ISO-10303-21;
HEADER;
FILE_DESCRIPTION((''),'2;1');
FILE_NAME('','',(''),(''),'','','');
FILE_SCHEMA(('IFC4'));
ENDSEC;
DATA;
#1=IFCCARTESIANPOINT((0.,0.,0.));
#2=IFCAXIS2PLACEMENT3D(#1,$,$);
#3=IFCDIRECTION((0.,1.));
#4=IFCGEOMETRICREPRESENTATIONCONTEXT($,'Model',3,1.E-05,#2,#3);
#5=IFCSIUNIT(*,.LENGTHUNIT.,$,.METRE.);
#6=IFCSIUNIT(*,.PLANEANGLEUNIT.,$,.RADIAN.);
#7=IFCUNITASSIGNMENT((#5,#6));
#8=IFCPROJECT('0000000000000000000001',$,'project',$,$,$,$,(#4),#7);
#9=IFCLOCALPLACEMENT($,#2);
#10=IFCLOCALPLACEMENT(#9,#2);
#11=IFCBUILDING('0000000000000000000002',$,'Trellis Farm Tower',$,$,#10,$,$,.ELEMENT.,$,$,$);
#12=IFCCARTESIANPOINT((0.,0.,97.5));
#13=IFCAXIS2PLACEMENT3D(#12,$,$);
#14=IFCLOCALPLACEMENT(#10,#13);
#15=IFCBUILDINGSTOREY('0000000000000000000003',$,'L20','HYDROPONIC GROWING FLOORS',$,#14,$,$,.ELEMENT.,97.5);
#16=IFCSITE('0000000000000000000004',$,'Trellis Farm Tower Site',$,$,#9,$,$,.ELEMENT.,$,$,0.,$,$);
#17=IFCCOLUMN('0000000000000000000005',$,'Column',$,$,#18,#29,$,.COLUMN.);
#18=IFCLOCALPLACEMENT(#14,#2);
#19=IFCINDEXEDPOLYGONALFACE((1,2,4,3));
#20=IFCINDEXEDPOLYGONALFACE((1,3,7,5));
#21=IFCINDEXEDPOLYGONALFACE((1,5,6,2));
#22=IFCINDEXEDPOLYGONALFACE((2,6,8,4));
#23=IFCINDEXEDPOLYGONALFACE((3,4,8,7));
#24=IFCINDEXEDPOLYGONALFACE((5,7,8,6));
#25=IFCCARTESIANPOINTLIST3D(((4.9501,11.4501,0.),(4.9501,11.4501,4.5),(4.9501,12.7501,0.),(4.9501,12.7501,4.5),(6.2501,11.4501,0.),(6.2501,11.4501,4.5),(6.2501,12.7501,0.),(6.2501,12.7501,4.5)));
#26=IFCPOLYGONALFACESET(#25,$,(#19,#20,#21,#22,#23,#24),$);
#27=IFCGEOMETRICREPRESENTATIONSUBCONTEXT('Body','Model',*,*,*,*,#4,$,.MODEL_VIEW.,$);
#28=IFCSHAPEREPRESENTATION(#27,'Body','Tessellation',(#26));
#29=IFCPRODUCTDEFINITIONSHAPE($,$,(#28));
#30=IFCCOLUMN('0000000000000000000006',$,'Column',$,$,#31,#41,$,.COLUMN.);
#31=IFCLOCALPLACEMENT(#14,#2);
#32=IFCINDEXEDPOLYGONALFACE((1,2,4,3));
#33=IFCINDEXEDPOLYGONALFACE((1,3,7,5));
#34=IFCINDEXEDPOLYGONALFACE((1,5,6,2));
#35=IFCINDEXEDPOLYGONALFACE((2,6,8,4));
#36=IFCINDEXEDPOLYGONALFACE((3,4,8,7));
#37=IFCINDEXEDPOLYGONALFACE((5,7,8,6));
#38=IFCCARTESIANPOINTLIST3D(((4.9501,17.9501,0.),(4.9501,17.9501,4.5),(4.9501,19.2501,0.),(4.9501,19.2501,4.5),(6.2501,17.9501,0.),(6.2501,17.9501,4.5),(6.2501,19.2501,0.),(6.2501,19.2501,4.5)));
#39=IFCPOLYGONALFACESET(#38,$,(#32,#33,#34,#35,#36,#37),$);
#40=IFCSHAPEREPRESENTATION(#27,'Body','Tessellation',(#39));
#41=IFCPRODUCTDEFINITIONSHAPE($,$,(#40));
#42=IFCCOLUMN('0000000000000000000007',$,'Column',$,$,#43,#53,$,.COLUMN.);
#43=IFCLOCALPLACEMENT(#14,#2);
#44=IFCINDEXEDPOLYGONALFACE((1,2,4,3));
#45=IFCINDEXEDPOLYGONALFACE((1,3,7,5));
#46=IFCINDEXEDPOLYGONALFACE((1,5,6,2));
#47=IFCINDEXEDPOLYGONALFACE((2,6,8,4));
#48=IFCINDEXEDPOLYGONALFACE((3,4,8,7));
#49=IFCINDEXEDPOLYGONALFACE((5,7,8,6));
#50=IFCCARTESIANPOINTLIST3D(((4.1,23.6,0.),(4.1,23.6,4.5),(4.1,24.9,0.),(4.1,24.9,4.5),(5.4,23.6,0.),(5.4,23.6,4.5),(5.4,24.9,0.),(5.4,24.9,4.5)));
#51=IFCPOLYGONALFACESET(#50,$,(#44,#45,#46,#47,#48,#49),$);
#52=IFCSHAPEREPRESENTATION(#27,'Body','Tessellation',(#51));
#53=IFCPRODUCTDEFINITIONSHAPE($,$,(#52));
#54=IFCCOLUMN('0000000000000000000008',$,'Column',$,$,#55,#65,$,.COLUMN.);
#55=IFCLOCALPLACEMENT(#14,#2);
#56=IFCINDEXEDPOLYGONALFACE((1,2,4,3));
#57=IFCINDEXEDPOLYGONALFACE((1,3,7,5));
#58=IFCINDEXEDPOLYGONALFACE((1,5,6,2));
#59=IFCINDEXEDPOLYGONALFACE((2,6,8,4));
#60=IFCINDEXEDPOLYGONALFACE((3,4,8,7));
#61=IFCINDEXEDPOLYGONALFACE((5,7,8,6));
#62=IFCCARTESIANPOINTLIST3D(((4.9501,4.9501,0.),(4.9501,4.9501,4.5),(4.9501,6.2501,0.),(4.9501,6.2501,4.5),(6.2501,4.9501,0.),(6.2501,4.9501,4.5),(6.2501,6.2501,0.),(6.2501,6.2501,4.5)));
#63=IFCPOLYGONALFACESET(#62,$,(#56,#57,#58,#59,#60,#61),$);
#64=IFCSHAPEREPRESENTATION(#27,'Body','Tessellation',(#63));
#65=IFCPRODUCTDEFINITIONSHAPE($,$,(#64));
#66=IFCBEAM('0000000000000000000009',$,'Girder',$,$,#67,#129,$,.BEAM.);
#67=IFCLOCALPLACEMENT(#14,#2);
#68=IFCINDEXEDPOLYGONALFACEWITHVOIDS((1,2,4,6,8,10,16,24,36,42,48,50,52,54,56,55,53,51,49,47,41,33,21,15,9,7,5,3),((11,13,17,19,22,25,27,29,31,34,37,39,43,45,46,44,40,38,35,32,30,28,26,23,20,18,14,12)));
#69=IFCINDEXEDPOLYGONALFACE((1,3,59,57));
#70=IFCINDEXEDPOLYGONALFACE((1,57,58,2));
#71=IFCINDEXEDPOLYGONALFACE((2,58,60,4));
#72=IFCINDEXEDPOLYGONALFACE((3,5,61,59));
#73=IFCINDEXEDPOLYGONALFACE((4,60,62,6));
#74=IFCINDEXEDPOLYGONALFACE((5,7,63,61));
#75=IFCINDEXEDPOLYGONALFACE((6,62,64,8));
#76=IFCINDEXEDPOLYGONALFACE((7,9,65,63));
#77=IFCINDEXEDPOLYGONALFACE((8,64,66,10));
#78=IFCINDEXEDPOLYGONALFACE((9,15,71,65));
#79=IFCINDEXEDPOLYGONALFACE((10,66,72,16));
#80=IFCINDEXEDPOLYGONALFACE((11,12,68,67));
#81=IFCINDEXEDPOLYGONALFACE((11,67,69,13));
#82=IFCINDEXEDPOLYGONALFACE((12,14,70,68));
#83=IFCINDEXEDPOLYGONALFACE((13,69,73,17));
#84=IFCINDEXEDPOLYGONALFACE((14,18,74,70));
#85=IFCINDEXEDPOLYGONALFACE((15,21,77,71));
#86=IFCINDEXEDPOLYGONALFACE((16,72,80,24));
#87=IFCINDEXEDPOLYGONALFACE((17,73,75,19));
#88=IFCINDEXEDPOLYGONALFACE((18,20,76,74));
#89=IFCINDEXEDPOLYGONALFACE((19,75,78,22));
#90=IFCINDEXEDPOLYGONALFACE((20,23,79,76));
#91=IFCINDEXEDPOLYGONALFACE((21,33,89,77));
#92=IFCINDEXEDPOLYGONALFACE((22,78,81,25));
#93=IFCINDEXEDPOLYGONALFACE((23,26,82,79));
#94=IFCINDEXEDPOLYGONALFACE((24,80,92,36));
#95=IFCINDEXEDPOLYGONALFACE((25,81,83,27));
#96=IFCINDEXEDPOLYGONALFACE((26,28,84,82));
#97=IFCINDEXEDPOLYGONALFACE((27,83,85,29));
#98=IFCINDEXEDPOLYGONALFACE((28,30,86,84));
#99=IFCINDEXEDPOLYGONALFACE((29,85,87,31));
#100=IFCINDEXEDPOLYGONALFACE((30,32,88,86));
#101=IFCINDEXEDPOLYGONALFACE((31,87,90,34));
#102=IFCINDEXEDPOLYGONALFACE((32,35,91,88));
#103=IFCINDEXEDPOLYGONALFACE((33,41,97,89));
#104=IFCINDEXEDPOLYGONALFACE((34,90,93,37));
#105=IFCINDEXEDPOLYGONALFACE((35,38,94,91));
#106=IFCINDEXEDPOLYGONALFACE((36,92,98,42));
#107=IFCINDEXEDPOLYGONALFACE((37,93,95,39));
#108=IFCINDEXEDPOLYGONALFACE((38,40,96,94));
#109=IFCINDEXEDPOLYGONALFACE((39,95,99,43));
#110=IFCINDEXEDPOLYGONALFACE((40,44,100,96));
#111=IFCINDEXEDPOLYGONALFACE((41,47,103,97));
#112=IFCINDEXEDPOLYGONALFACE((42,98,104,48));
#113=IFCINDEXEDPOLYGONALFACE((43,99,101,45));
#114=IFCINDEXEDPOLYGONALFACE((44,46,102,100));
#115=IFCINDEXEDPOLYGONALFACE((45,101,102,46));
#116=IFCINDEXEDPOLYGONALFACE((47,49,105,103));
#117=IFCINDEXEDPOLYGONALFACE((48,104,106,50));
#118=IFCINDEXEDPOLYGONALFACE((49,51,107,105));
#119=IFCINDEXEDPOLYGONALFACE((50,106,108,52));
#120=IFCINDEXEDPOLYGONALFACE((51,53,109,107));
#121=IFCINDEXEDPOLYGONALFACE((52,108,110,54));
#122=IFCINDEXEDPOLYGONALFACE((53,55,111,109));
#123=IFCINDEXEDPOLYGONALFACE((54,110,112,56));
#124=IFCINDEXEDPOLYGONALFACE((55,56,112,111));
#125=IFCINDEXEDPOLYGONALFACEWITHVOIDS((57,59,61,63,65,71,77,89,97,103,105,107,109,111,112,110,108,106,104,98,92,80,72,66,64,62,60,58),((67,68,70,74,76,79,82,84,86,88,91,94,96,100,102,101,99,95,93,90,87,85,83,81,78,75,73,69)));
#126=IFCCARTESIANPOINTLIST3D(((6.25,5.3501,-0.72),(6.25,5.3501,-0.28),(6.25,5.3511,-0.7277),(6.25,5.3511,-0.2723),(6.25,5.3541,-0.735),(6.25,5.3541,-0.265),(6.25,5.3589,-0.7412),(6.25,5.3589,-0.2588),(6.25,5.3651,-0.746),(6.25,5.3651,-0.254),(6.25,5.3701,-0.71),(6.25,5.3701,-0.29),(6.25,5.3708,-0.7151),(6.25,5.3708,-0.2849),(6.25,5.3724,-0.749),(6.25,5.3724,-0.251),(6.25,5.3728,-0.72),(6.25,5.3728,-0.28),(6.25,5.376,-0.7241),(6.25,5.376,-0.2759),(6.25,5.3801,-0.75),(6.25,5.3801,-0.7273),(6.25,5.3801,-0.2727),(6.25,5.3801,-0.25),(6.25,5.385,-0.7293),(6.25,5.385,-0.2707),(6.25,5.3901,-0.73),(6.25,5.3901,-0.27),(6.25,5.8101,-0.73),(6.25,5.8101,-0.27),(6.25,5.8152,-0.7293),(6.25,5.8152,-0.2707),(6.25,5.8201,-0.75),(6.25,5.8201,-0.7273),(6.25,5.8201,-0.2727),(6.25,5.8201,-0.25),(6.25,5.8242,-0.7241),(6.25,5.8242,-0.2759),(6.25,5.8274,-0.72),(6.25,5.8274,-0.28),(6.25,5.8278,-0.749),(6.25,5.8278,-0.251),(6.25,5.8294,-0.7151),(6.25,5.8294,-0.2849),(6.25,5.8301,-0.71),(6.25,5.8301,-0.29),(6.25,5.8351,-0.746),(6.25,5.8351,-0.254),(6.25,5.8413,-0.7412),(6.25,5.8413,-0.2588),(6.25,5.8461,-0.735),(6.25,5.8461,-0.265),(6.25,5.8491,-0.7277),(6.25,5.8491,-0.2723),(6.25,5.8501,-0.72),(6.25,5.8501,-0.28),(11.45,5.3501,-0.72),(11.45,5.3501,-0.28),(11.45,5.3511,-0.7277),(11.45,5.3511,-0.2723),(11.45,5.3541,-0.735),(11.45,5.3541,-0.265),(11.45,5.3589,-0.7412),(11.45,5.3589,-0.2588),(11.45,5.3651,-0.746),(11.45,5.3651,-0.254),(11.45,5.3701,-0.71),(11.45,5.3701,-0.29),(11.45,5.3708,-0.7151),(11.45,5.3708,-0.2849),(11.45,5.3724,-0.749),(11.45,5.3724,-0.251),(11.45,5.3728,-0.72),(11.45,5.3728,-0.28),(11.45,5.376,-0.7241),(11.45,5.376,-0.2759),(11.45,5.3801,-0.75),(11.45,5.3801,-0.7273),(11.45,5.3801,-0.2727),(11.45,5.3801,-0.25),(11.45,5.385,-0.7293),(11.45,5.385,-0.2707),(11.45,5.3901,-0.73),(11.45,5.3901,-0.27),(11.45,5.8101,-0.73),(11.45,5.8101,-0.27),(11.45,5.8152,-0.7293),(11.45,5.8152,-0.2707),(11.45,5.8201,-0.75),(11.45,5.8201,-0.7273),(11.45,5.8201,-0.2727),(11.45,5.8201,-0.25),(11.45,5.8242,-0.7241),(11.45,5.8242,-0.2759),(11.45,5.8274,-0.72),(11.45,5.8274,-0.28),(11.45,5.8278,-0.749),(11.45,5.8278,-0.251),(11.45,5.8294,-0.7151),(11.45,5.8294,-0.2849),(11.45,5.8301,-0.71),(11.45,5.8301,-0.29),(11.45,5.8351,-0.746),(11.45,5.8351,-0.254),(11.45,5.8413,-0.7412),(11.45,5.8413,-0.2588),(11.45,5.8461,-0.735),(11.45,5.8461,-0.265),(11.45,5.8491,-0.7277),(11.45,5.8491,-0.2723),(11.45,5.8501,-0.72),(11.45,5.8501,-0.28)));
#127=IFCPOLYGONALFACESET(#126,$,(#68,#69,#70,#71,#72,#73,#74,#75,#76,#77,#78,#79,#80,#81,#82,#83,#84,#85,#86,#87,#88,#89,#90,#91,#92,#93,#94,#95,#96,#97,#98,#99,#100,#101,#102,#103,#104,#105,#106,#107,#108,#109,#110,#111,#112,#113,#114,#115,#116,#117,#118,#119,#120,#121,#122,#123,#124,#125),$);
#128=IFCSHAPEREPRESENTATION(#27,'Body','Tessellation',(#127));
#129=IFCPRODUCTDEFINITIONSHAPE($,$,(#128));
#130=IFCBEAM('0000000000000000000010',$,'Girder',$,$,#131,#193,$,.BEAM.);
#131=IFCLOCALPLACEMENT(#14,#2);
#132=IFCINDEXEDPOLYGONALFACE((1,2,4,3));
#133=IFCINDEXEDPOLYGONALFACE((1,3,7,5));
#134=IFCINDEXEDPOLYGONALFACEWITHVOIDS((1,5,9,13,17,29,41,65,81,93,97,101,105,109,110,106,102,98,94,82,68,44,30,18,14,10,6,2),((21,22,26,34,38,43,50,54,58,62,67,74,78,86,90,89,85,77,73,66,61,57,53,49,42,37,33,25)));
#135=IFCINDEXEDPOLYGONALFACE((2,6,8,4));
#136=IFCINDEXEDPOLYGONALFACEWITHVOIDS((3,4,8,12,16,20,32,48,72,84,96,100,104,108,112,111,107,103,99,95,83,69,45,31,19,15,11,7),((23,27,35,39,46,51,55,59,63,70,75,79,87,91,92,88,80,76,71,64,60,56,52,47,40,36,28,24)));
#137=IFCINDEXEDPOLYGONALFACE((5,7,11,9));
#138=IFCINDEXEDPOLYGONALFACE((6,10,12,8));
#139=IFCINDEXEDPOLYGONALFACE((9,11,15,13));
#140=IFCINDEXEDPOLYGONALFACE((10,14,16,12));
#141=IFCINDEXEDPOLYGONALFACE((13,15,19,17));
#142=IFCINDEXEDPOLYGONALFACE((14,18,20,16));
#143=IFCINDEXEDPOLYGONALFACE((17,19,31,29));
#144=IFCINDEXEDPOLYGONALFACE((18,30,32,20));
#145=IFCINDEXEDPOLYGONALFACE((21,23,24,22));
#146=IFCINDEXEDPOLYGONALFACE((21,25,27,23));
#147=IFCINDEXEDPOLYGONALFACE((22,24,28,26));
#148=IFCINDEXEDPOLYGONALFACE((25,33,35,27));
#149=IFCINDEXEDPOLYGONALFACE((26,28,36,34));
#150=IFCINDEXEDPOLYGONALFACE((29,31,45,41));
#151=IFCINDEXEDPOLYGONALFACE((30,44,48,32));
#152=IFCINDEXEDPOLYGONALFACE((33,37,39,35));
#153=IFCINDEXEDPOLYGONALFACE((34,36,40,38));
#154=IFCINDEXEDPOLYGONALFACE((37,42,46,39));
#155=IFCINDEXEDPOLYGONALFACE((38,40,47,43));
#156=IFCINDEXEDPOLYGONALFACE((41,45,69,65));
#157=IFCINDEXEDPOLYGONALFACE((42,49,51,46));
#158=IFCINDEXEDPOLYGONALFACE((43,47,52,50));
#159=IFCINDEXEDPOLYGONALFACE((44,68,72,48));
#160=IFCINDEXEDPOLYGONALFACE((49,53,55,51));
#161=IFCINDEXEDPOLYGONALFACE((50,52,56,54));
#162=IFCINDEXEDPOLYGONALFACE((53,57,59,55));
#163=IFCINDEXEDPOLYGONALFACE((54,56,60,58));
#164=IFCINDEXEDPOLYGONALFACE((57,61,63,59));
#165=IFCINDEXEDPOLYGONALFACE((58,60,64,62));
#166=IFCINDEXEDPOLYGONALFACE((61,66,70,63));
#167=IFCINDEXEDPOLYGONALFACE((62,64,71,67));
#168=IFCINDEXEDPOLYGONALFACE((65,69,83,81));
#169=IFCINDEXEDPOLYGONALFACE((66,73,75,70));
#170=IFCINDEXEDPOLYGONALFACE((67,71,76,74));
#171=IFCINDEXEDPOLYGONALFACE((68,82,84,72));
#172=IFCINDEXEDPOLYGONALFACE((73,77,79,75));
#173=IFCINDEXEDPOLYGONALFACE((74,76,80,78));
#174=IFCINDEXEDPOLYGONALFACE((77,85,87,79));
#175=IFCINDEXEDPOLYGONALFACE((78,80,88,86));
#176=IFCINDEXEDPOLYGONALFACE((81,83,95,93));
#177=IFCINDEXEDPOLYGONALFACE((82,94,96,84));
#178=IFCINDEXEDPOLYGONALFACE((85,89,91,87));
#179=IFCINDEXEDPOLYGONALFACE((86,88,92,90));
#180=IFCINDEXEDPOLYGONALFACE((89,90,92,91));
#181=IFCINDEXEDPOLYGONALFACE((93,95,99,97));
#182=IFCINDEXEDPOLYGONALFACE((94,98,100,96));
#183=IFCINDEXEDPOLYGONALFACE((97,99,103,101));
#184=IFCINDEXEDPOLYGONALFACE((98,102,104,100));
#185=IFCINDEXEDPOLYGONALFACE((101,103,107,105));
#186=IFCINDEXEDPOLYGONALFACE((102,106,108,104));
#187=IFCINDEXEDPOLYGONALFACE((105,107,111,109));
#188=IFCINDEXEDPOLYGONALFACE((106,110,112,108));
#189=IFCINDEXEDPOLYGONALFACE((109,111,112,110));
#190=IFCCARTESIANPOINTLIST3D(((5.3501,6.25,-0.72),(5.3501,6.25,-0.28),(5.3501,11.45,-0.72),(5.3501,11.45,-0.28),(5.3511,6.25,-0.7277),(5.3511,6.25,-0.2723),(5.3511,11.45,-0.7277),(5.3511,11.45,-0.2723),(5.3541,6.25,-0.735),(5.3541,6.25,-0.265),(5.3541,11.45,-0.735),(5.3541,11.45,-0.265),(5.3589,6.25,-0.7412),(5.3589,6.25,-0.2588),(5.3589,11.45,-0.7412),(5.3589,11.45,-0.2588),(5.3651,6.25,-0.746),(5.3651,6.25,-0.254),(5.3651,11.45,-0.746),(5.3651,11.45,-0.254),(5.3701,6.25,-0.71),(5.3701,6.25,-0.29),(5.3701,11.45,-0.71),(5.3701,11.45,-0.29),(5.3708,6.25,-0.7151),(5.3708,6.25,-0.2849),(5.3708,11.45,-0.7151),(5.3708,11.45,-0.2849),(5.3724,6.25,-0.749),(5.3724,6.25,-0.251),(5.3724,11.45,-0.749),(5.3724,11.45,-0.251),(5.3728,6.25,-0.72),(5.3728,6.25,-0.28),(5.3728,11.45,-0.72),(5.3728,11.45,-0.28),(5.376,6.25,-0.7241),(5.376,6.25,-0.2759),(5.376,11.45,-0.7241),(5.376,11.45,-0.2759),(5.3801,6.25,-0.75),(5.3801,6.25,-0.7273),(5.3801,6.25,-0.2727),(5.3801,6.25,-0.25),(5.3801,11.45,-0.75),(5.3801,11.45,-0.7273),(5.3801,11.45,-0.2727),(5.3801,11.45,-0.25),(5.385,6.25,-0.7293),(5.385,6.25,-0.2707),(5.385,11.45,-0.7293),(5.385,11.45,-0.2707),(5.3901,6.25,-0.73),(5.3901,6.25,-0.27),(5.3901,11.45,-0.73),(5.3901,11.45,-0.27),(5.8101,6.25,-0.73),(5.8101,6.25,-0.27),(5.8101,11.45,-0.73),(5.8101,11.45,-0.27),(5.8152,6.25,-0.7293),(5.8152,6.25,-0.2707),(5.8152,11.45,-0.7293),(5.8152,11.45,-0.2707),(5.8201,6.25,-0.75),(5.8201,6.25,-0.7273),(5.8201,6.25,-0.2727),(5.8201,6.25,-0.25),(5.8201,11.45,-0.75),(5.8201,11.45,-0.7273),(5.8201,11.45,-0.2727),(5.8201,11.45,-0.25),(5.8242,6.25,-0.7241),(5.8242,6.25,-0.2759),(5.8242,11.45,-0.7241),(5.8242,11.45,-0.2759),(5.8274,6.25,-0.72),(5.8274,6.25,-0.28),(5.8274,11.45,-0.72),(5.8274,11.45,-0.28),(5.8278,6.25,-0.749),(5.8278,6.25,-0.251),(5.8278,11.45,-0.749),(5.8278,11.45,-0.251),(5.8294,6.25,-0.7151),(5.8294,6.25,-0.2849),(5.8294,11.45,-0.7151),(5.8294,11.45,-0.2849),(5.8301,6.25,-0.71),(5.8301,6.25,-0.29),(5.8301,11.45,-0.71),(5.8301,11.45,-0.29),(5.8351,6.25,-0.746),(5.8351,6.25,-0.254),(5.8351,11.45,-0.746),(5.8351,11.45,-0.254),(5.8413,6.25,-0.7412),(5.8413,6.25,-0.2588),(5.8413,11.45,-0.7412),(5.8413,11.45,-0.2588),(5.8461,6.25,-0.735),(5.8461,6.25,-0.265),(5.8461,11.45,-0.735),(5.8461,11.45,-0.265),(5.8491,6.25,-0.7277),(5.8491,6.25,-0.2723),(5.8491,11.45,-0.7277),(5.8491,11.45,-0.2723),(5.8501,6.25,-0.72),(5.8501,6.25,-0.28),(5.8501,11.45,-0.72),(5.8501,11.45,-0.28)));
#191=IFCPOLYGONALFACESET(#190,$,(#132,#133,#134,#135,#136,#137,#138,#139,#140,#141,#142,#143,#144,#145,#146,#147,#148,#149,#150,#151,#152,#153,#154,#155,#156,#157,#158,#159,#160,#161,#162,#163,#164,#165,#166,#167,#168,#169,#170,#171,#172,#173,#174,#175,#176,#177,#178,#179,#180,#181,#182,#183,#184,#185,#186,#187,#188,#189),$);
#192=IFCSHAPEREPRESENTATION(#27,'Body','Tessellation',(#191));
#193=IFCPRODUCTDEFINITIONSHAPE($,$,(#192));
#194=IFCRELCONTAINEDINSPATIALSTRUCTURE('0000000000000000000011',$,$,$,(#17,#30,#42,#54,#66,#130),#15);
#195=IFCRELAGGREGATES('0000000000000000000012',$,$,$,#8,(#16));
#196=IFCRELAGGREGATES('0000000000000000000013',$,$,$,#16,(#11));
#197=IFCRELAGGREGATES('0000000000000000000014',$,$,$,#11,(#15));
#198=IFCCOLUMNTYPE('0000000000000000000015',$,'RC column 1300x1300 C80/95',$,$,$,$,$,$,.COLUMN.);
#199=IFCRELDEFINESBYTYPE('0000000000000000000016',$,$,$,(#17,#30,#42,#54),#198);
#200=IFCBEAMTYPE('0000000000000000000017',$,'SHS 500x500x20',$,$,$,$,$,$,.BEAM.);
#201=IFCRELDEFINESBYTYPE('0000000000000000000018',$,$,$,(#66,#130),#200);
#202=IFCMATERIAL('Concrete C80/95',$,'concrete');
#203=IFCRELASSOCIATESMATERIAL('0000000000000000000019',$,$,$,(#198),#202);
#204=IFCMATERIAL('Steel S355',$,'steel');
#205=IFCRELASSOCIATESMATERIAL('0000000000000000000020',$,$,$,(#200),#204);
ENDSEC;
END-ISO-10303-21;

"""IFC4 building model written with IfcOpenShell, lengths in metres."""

from ifc_helpers import new_model, si_unit, direction, frame, origin, origin_2d, place, context, subcontext, project, spatial, rectangle, hollow_rectangle, extrude, source, transform, mapped, material, material_profile, profile_set, type_object, element, save


model = new_model("IFC4")

# Units and contexts
model_context = context("Model", 3, precision=1e-05, world=origin(), true_north=direction((0.0, 1.0)))
body_context = subcontext(model_context, "Body", "Model", "MODEL_VIEW")
ifc_project = project(units=[si_unit("LENGTHUNIT", "METRE"), si_unit("PLANEANGLEUNIT", "RADIAN")], contexts=[model_context])

# Site, building, storey
site_placement = place(None, origin())
site = spatial("IfcSite", under=ifc_project, at=site_placement, Name="Trellis Farm Tower Site", CompositionType="ELEMENT", RefElevation=0.0)
building_placement = place(site_placement, origin())
building = spatial("IfcBuilding", under=site, at=building_placement, Name="Trellis Farm Tower", CompositionType="ELEMENT")
storey_placement = place(building_placement, frame((0.0, 0.0, 97.5)))
storey = spatial("IfcBuildingStorey", under=building, at=storey_placement, Name="L20", Description="HYDROPONIC GROWING FLOORS", CompositionType="ELEMENT", Elevation=97.5)

# Columns
ifc_material_1 = material(Name="Concrete C80/95", Category="concrete")
ifc_material_profile_1 = material_profile(ifc_material_1, rectangle(XDim=1.3, YDim=1.3, at=origin_2d()), Name="RC column 1300x1300 C80/95")
ifc_profile_set_1 = profile_set([ifc_material_profile_1], Name="Concrete C80/95")
column_type = type_object("IfcColumnType", Name="RC column 1300x1300 C80/95", PredefinedType="COLUMN", material=ifc_profile_set_1)
shared_shape_1 = source(origin(), body_context, "Body", "SweptSolid", [
    extrude(rectangle(XDim=1.3, YDim=1.3, at=origin_2d()), origin(), (0.0, 0.0, 1.0), 4.5),
])
for number, where, z_axis, x_axis, name in (
    (1, (5.6001, 12.1001, 0.0), (0.0, 0.0, 1.0), (1.0, 0.0, 0.0), "Column"),
    (2, (5.6001, 18.6001, 0.0), (0.0, 0.0, 1.0), (1.0, 0.0, 0.0), "Column"),
    (3, (4.75, 24.25, 0.0), (0.0, 0.0, 1.0), (1.0, 0.0, 0.0), "Column"),
    (4, (5.6001, 5.6001, 0.0), (0.0, 0.0, 1.0), (1.0, 0.0, 0.0), "Column"),
):
    element("IfcColumn", number, at=place(storey_placement, frame(where, z_axis=z_axis, x_axis=x_axis)), inside=storey, type_object=column_type, Name=name, PredefinedType="COLUMN", context=body_context, shape_type="MappedRepresentation", body=[
        mapped(shared_shape_1, transform((0.0, 0.0, 0.0))),
    ])

# Beams
ifc_material_2 = material(Name="Steel S355", Category="steel")
ifc_material_profile_2 = material_profile(ifc_material_2, hollow_rectangle(XDim=0.5, YDim=0.5, WallThickness=0.02, InnerFilletRadius=0.02, OuterFilletRadius=0.03, at=origin_2d()), Name="SHS 500x500x20")
ifc_profile_set_2 = profile_set([ifc_material_profile_2], Name="Steel S355")
beam_type_1 = type_object("IfcBeamType", Name="SHS 500x500x20", PredefinedType="BEAM", material=ifc_profile_set_2)
shared_shape_2 = source(origin(), body_context, "Body", "SweptSolid", [
    extrude(hollow_rectangle(XDim=0.5, YDim=0.5, WallThickness=0.02, InnerFilletRadius=0.02, OuterFilletRadius=0.03, at=origin_2d()), origin(), (0.0, 0.0, 1.0), 5.2),
])
for number, where, z_axis, x_axis, name in (
    (5, (6.25, 5.6001, -0.5), (1.0, 0.0, 0.0), (0.0, 1.0, 0.0), "Girder"),
    (6, (5.6001, 6.25, -0.5), (0.0, 1.0, 0.0), (-1.0, 0.0, 0.0), "Girder"),
):
    element("IfcBeam", number, at=place(storey_placement, frame(where, z_axis=z_axis, x_axis=x_axis)), inside=storey, type_object=beam_type_1, Name=name, PredefinedType="BEAM", context=body_context, shape_type="MappedRepresentation", body=[
        mapped(shared_shape_2, transform((0.0, 0.0, 0.0))),
    ])

save(model, "model.ifc")
